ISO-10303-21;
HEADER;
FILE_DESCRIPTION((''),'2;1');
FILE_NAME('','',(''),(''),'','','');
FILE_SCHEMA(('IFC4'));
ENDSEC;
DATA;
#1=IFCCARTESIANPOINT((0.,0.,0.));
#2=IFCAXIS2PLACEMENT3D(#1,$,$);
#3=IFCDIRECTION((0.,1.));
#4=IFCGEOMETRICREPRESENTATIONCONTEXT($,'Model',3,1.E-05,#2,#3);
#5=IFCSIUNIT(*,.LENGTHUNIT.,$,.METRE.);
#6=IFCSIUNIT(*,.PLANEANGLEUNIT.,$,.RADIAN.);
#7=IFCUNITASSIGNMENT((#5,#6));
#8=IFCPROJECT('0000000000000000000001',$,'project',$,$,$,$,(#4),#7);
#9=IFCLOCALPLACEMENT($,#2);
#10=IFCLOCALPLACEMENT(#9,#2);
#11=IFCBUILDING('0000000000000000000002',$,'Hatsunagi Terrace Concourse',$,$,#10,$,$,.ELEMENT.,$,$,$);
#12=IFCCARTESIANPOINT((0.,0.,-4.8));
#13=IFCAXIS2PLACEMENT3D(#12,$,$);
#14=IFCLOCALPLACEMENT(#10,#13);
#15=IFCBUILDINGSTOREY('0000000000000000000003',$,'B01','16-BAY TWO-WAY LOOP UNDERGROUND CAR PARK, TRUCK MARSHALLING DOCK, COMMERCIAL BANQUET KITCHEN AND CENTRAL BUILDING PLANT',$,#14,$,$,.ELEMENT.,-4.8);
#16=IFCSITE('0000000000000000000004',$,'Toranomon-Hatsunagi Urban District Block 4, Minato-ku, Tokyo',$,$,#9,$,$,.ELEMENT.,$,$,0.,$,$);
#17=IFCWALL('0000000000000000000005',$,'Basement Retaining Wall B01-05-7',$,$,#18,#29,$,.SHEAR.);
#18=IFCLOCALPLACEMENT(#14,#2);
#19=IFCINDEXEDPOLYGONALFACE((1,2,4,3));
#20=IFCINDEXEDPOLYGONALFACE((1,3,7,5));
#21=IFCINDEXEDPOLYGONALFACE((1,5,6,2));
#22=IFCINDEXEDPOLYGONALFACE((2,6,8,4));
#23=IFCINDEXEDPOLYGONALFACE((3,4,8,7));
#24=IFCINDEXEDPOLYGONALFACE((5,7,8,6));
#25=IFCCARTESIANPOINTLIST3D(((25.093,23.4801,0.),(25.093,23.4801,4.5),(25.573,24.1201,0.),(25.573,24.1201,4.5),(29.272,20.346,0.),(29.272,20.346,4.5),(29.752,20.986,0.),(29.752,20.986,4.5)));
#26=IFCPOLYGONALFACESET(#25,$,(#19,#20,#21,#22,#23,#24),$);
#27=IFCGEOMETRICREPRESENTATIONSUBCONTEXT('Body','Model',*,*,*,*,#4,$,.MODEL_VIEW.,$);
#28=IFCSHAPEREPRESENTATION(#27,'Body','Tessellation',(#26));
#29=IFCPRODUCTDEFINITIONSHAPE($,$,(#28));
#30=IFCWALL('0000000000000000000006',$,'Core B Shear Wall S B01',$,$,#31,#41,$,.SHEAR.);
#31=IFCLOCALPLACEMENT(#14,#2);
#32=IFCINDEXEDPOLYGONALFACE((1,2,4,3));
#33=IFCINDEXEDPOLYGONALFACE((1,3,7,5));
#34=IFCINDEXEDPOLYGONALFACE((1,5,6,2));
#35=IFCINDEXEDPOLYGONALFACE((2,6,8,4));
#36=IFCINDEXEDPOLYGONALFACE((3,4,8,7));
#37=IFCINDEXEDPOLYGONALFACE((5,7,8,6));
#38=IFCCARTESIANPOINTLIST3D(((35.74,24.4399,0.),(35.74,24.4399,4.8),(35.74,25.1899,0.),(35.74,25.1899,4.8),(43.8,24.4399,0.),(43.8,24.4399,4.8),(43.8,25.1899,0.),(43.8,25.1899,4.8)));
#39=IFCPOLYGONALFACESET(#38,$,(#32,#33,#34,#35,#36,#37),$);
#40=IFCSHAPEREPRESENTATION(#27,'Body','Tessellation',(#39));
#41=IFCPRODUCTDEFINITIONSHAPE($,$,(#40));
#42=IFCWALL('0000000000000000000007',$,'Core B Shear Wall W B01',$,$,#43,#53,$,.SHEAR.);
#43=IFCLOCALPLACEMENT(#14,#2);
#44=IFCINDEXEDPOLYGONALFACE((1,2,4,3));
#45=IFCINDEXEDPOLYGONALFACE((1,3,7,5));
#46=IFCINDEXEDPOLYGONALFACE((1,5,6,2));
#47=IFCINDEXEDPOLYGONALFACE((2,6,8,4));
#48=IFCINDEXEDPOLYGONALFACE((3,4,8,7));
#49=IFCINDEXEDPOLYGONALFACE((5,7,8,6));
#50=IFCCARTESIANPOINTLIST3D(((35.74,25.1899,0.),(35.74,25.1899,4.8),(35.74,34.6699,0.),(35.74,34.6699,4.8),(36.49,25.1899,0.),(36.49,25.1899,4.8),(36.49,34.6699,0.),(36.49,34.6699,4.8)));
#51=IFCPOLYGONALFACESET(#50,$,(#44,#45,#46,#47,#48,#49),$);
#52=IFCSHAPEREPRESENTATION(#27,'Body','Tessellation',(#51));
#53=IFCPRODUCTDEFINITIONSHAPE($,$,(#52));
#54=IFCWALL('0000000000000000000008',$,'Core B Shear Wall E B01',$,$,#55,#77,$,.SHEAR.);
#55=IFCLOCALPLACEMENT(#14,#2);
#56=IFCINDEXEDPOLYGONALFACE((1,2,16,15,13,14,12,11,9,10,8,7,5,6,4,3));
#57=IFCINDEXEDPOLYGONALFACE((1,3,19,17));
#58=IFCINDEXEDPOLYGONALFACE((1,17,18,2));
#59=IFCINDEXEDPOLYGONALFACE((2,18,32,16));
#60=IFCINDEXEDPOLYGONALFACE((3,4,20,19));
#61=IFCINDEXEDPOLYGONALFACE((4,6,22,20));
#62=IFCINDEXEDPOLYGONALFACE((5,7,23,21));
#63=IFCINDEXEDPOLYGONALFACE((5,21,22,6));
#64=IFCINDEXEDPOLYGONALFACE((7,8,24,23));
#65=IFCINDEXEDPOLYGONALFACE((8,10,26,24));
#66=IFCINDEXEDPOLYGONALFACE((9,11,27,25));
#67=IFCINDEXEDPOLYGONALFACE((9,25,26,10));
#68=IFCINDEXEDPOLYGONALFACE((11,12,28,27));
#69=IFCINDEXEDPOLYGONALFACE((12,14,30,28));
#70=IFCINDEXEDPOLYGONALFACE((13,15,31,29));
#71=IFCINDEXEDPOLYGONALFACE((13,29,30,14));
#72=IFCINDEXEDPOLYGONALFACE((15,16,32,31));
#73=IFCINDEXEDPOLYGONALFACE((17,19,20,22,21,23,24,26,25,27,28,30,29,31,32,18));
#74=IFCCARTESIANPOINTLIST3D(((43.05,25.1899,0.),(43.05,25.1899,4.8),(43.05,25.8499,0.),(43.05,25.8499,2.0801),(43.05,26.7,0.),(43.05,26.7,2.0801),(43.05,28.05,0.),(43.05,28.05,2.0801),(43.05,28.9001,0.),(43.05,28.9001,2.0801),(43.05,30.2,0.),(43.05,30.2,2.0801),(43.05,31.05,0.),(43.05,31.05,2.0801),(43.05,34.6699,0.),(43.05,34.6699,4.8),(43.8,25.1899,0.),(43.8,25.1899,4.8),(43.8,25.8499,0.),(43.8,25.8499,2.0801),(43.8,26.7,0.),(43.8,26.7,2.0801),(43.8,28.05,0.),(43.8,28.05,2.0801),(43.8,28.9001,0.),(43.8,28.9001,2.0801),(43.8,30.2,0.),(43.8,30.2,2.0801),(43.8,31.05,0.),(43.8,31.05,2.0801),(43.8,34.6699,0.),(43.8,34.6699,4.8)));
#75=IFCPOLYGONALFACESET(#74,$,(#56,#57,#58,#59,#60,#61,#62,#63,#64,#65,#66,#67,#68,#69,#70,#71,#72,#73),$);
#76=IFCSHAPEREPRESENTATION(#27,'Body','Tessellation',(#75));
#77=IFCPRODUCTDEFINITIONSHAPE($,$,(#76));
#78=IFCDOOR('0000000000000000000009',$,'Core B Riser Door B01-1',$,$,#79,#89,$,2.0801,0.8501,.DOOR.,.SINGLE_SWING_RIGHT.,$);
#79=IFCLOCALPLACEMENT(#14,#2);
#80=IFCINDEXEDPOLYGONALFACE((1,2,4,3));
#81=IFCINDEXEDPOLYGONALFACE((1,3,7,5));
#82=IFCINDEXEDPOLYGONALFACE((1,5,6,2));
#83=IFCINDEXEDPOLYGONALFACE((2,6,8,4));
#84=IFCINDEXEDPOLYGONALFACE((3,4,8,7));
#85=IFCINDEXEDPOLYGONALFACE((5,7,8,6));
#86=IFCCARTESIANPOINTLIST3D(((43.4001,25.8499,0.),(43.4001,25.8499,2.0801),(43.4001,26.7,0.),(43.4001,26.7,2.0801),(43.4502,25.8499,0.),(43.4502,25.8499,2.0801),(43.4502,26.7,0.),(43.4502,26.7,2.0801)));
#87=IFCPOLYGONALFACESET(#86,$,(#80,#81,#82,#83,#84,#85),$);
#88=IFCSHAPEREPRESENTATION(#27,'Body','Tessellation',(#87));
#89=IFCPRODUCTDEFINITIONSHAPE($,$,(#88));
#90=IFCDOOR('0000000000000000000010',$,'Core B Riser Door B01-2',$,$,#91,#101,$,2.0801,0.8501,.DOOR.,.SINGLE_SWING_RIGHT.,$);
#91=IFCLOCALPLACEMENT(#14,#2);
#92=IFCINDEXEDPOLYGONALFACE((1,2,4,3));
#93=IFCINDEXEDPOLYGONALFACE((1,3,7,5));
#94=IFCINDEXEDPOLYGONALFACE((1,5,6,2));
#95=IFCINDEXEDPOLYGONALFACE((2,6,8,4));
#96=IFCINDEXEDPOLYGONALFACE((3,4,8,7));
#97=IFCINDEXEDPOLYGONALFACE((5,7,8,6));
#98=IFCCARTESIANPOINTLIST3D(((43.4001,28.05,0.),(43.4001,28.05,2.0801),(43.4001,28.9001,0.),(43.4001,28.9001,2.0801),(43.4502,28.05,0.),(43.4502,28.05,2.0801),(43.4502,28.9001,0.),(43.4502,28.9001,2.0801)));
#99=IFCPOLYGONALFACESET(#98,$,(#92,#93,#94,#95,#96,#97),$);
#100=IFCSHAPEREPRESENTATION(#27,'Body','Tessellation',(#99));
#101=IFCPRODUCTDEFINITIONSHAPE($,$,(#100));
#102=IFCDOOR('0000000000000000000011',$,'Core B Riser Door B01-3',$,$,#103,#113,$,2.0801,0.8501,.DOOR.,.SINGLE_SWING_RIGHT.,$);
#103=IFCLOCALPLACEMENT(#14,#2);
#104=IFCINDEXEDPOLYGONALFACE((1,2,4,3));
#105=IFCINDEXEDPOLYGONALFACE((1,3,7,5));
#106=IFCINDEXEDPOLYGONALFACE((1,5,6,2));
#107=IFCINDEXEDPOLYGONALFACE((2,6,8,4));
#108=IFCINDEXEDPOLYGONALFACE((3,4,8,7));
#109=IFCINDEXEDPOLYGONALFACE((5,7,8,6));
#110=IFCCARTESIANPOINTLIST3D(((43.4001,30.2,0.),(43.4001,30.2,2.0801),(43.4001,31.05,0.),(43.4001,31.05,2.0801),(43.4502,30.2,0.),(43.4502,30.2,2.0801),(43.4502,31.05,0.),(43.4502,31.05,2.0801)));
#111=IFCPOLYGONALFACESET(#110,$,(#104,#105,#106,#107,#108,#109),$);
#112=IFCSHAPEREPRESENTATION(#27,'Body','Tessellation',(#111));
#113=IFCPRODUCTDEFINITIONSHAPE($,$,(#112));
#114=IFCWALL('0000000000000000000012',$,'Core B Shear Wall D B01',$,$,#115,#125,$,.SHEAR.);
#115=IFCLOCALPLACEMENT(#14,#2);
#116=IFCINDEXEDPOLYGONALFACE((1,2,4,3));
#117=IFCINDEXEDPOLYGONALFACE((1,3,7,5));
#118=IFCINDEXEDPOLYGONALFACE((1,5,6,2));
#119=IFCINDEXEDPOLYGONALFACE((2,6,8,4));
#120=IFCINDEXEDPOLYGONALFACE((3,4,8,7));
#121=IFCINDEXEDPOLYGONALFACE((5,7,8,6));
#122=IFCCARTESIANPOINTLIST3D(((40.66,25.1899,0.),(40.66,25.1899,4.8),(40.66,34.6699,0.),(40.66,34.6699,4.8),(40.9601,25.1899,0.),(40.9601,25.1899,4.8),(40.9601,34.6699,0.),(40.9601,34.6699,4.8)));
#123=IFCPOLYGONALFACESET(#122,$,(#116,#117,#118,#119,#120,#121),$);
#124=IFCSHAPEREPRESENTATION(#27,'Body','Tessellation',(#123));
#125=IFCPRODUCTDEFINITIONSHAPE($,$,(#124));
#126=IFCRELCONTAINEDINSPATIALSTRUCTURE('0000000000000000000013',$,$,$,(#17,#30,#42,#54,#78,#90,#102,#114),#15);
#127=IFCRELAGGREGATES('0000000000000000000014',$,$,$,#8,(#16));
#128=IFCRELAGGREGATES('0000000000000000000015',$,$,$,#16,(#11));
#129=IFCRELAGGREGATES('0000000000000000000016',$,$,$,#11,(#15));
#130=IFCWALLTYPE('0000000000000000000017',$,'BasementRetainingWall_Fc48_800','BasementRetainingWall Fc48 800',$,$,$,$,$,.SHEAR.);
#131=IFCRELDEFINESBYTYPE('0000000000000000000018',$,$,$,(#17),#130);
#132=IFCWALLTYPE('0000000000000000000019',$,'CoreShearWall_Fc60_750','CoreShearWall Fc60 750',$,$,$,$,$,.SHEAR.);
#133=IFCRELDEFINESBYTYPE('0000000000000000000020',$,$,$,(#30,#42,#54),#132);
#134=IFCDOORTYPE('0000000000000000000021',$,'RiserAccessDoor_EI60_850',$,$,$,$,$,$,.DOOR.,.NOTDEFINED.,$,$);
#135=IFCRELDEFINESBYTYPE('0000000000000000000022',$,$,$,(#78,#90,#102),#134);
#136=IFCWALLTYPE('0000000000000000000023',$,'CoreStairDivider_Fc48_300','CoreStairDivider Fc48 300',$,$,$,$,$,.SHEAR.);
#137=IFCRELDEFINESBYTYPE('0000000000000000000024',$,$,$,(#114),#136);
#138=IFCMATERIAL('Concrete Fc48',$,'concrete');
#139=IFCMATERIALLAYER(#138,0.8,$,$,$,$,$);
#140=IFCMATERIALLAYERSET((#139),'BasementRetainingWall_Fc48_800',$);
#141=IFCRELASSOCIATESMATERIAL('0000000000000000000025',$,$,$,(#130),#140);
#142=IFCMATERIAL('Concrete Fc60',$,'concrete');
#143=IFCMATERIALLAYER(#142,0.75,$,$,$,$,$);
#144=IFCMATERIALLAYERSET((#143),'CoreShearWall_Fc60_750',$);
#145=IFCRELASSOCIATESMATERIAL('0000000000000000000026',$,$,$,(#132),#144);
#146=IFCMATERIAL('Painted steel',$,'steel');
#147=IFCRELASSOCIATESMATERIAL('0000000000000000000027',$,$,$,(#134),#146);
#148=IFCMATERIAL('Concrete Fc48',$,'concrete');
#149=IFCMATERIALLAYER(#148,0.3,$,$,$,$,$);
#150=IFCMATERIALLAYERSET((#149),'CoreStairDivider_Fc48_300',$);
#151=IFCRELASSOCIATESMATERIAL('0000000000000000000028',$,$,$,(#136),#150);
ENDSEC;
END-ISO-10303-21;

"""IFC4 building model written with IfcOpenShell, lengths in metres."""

from ifc_helpers import new_model, si_unit, direction, frame, frame_2d, origin, place, context, subcontext, project, spatial, rectangle, extrude, material, layer, layer_set, type_object, element, fill, save


model = new_model("IFC4")

# Units and contexts
model_context = context("Model", 3, precision=1e-05, world=origin(), true_north=direction((0.0, 1.0)))
body_context = subcontext(model_context, "Body", "Model", "MODEL_VIEW")
ifc_project = project(units=[si_unit("LENGTHUNIT", "METRE"), si_unit("PLANEANGLEUNIT", "RADIAN")], contexts=[model_context])

# Site, building, storey
site_placement = place(None, origin())
site = spatial("IfcSite", under=ifc_project, at=site_placement, Name="Toranomon-Hatsunagi Urban District Block 4, Minato-ku, Tokyo", CompositionType="ELEMENT", RefElevation=0.0)
building_placement = place(site_placement, origin())
building = spatial("IfcBuilding", under=site, at=building_placement, Name="Hatsunagi Terrace Concourse", CompositionType="ELEMENT")
storey_placement = place(building_placement, frame((0.0, 0.0, -4.8)))
storey = spatial("IfcBuildingStorey", under=building, at=storey_placement, Name="B01", Description="16-BAY TWO-WAY LOOP UNDERGROUND CAR PARK, TRUCK MARSHALLING DOCK, COMMERCIAL BANQUET KITCHEN AND CENTRAL BUILDING PLANT", CompositionType="ELEMENT", Elevation=-4.8)

# Walls
ifc_material_1 = material(Name="Concrete Fc48", Category="concrete")
ifc_layer_1 = layer(ifc_material_1, 0.8)
ifc_layer_set_1 = layer_set([ifc_layer_1], Name="BasementRetainingWall_Fc48_800")
wall_type_1 = type_object("IfcWallType", Name="BasementRetainingWall_Fc48_800", Description="BasementRetainingWall Fc48 800", PredefinedType="SHEAR", material=ifc_layer_set_1)
wall_1_placement = place(storey_placement, frame((29.512, 20.666, 0.0), z_axis=(0.0, 0.0, 1.0), x_axis=(-0.800017, 0.599978, 0.0)))
element("IfcWall", 1, at=wall_1_placement, inside=storey, type_object=wall_type_1, Name="Basement Retaining Wall B01-05-7", PredefinedType="SHEAR", context=body_context, shape_type="SweptSolid", body=[
    extrude(rectangle(XDim=5.2236, YDim=0.8, at=frame_2d((2.6118, 0.0))), origin(), (0.0, 0.0, 1.0), 4.5),
])
ifc_material_2 = material(Name="Concrete Fc60", Category="concrete")
ifc_layer_2 = layer(ifc_material_2, 0.75)
ifc_layer_set_2 = layer_set([ifc_layer_2], Name="CoreShearWall_Fc60_750")
wall_type_2 = type_object("IfcWallType", Name="CoreShearWall_Fc60_750", Description="CoreShearWall Fc60 750", PredefinedType="SHEAR", material=ifc_layer_set_2)
wall_2_placement = place(storey_placement, frame((35.74, 24.8149, 0.0), z_axis=(0.0, 0.0, 1.0), x_axis=(1.0, 0.0, 0.0)))
element("IfcWall", 2, at=wall_2_placement, inside=storey, type_object=wall_type_2, Name="Core B Shear Wall S B01", PredefinedType="SHEAR", context=body_context, shape_type="SweptSolid", body=[
    extrude(rectangle(XDim=8.0601, YDim=0.75, at=frame_2d((4.03, 0.0))), origin(), (0.0, 0.0, 1.0), 4.8),
])
wall_3_placement = place(storey_placement, frame((36.115, 25.1899, 0.0), z_axis=(0.0, 0.0, 1.0), x_axis=(0.0, 1.0, 0.0)))
element("IfcWall", 3, at=wall_3_placement, inside=storey, type_object=wall_type_2, Name="Core B Shear Wall W B01", PredefinedType="SHEAR", context=body_context, shape_type="SweptSolid", body=[
    extrude(rectangle(XDim=9.48, YDim=0.75, at=frame_2d((4.74, 0.0))), origin(), (0.0, 0.0, 1.0), 4.8),
])

# Wall, openings, doors
wall_4_placement = place(storey_placement, frame((43.425, 25.1899, 0.0), z_axis=(0.0, 0.0, 1.0), x_axis=(0.0, 1.0, 0.0)))
wall_4 = element("IfcWall", 4, at=wall_4_placement, inside=storey, type_object=wall_type_2, Name="Core B Shear Wall E B01", PredefinedType="SHEAR", context=body_context, shape_type="SweptSolid", body=[
    extrude(rectangle(XDim=9.48, YDim=0.75, at=frame_2d((4.74, 0.0))), origin(), (0.0, 0.0, 1.0), 4.8),
])
opening_1_placement = place(wall_4_placement, frame((0.6599, 0.0, 0.0)))
opening_1 = element("IfcOpeningElement", 5, at=opening_1_placement, cuts=wall_4, PredefinedType="OPENING", context=body_context, shape_type="SweptSolid", body=[
    extrude(rectangle(XDim=0.8501, YDim=2.0801, at=frame_2d((0.425, 1.04))), frame((0.0, 0.385, 0.0), z_axis=(0.0, -1.0, 0.0), x_axis=(1.0, 0.0, 0.0)), (0.0, 0.0, 1.0), 0.77),
])
opening_2_placement = place(wall_4_placement, frame((2.8601, 0.0, 0.0)))
opening_2 = element("IfcOpeningElement", 6, at=opening_2_placement, cuts=wall_4, PredefinedType="OPENING", context=body_context, shape_type="SweptSolid", body=[
    extrude(rectangle(XDim=0.8501, YDim=2.0801, at=frame_2d((0.425, 1.04))), frame((0.0, 0.385, 0.0), z_axis=(0.0, -1.0, 0.0), x_axis=(1.0, 0.0, 0.0)), (0.0, 0.0, 1.0), 0.77),
])
opening_3_placement = place(wall_4_placement, frame((5.01, 0.0, 0.0)))
opening_3 = element("IfcOpeningElement", 7, at=opening_3_placement, cuts=wall_4, PredefinedType="OPENING", context=body_context, shape_type="SweptSolid", body=[
    extrude(rectangle(XDim=0.8501, YDim=2.0801, at=frame_2d((0.425, 1.04))), frame((0.0, 0.385, 0.0), z_axis=(0.0, -1.0, 0.0), x_axis=(1.0, 0.0, 0.0)), (0.0, 0.0, 1.0), 0.77),
])
ifc_material_3 = material(Name="Painted steel", Category="steel")
door_type = type_object("IfcDoorType", Name="RiserAccessDoor_EI60_850", OperationType="NOTDEFINED", PredefinedType="DOOR", material=ifc_material_3)
door_1_placement = place(opening_1_placement, origin())
door_1 = element("IfcDoor", 8, at=door_1_placement, inside=storey, type_object=door_type, Name="Core B Riser Door B01-1", OperationType="SINGLE_SWING_RIGHT", OverallHeight=2.0801, OverallWidth=0.8501, PredefinedType="DOOR", context=body_context, shape_type="SweptSolid", body=[
    extrude(rectangle(XDim=0.8501, YDim=2.0801, at=frame_2d((0.425, 1.04))), frame((0.0, 0.0249, 0.0), z_axis=(0.0, -1.0, 0.0), x_axis=(1.0, 0.0, 0.0)), (0.0, 0.0, 1.0), 0.05),
])
fill(opening_1, door_1)
door_2_placement = place(opening_2_placement, origin())
door_2 = element("IfcDoor", 9, at=door_2_placement, inside=storey, type_object=door_type, Name="Core B Riser Door B01-2", OperationType="SINGLE_SWING_RIGHT", OverallHeight=2.0801, OverallWidth=0.8501, PredefinedType="DOOR", context=body_context, shape_type="SweptSolid", body=[
    extrude(rectangle(XDim=0.8501, YDim=2.0801, at=frame_2d((0.425, 1.04))), frame((0.0, 0.0249, 0.0), z_axis=(0.0, -1.0, 0.0), x_axis=(1.0, 0.0, 0.0)), (0.0, 0.0, 1.0), 0.05),
])
fill(opening_2, door_2)
door_3_placement = place(opening_3_placement, origin())
door_3 = element("IfcDoor", 10, at=door_3_placement, inside=storey, type_object=door_type, Name="Core B Riser Door B01-3", OperationType="SINGLE_SWING_RIGHT", OverallHeight=2.0801, OverallWidth=0.8501, PredefinedType="DOOR", context=body_context, shape_type="SweptSolid", body=[
    extrude(rectangle(XDim=0.8501, YDim=2.0801, at=frame_2d((0.425, 1.04))), frame((0.0, 0.0249, 0.0), z_axis=(0.0, -1.0, 0.0), x_axis=(1.0, 0.0, 0.0)), (0.0, 0.0, 1.0), 0.05),
])
fill(opening_3, door_3)

# Wall
ifc_material_4 = material(Name="Concrete Fc48", Category="concrete")
ifc_layer_3 = layer(ifc_material_4, 0.3)
ifc_layer_set_3 = layer_set([ifc_layer_3], Name="CoreStairDivider_Fc48_300")
wall_type_3 = type_object("IfcWallType", Name="CoreStairDivider_Fc48_300", Description="CoreStairDivider Fc48 300", PredefinedType="SHEAR", material=ifc_layer_set_3)
wall_5_placement = place(storey_placement, frame((40.8101, 25.1899, 0.0), z_axis=(0.0, 0.0, 1.0), x_axis=(0.0, 1.0, 0.0)))
element("IfcWall", 11, at=wall_5_placement, inside=storey, type_object=wall_type_3, Name="Core B Shear Wall D B01", PredefinedType="SHEAR", context=body_context, shape_type="SweptSolid", body=[
    extrude(rectangle(XDim=9.48, YDim=0.3, at=frame_2d((4.74, 0.0))), origin(), (0.0, 0.0, 1.0), 4.8),
])

save(model, "model.ifc")
